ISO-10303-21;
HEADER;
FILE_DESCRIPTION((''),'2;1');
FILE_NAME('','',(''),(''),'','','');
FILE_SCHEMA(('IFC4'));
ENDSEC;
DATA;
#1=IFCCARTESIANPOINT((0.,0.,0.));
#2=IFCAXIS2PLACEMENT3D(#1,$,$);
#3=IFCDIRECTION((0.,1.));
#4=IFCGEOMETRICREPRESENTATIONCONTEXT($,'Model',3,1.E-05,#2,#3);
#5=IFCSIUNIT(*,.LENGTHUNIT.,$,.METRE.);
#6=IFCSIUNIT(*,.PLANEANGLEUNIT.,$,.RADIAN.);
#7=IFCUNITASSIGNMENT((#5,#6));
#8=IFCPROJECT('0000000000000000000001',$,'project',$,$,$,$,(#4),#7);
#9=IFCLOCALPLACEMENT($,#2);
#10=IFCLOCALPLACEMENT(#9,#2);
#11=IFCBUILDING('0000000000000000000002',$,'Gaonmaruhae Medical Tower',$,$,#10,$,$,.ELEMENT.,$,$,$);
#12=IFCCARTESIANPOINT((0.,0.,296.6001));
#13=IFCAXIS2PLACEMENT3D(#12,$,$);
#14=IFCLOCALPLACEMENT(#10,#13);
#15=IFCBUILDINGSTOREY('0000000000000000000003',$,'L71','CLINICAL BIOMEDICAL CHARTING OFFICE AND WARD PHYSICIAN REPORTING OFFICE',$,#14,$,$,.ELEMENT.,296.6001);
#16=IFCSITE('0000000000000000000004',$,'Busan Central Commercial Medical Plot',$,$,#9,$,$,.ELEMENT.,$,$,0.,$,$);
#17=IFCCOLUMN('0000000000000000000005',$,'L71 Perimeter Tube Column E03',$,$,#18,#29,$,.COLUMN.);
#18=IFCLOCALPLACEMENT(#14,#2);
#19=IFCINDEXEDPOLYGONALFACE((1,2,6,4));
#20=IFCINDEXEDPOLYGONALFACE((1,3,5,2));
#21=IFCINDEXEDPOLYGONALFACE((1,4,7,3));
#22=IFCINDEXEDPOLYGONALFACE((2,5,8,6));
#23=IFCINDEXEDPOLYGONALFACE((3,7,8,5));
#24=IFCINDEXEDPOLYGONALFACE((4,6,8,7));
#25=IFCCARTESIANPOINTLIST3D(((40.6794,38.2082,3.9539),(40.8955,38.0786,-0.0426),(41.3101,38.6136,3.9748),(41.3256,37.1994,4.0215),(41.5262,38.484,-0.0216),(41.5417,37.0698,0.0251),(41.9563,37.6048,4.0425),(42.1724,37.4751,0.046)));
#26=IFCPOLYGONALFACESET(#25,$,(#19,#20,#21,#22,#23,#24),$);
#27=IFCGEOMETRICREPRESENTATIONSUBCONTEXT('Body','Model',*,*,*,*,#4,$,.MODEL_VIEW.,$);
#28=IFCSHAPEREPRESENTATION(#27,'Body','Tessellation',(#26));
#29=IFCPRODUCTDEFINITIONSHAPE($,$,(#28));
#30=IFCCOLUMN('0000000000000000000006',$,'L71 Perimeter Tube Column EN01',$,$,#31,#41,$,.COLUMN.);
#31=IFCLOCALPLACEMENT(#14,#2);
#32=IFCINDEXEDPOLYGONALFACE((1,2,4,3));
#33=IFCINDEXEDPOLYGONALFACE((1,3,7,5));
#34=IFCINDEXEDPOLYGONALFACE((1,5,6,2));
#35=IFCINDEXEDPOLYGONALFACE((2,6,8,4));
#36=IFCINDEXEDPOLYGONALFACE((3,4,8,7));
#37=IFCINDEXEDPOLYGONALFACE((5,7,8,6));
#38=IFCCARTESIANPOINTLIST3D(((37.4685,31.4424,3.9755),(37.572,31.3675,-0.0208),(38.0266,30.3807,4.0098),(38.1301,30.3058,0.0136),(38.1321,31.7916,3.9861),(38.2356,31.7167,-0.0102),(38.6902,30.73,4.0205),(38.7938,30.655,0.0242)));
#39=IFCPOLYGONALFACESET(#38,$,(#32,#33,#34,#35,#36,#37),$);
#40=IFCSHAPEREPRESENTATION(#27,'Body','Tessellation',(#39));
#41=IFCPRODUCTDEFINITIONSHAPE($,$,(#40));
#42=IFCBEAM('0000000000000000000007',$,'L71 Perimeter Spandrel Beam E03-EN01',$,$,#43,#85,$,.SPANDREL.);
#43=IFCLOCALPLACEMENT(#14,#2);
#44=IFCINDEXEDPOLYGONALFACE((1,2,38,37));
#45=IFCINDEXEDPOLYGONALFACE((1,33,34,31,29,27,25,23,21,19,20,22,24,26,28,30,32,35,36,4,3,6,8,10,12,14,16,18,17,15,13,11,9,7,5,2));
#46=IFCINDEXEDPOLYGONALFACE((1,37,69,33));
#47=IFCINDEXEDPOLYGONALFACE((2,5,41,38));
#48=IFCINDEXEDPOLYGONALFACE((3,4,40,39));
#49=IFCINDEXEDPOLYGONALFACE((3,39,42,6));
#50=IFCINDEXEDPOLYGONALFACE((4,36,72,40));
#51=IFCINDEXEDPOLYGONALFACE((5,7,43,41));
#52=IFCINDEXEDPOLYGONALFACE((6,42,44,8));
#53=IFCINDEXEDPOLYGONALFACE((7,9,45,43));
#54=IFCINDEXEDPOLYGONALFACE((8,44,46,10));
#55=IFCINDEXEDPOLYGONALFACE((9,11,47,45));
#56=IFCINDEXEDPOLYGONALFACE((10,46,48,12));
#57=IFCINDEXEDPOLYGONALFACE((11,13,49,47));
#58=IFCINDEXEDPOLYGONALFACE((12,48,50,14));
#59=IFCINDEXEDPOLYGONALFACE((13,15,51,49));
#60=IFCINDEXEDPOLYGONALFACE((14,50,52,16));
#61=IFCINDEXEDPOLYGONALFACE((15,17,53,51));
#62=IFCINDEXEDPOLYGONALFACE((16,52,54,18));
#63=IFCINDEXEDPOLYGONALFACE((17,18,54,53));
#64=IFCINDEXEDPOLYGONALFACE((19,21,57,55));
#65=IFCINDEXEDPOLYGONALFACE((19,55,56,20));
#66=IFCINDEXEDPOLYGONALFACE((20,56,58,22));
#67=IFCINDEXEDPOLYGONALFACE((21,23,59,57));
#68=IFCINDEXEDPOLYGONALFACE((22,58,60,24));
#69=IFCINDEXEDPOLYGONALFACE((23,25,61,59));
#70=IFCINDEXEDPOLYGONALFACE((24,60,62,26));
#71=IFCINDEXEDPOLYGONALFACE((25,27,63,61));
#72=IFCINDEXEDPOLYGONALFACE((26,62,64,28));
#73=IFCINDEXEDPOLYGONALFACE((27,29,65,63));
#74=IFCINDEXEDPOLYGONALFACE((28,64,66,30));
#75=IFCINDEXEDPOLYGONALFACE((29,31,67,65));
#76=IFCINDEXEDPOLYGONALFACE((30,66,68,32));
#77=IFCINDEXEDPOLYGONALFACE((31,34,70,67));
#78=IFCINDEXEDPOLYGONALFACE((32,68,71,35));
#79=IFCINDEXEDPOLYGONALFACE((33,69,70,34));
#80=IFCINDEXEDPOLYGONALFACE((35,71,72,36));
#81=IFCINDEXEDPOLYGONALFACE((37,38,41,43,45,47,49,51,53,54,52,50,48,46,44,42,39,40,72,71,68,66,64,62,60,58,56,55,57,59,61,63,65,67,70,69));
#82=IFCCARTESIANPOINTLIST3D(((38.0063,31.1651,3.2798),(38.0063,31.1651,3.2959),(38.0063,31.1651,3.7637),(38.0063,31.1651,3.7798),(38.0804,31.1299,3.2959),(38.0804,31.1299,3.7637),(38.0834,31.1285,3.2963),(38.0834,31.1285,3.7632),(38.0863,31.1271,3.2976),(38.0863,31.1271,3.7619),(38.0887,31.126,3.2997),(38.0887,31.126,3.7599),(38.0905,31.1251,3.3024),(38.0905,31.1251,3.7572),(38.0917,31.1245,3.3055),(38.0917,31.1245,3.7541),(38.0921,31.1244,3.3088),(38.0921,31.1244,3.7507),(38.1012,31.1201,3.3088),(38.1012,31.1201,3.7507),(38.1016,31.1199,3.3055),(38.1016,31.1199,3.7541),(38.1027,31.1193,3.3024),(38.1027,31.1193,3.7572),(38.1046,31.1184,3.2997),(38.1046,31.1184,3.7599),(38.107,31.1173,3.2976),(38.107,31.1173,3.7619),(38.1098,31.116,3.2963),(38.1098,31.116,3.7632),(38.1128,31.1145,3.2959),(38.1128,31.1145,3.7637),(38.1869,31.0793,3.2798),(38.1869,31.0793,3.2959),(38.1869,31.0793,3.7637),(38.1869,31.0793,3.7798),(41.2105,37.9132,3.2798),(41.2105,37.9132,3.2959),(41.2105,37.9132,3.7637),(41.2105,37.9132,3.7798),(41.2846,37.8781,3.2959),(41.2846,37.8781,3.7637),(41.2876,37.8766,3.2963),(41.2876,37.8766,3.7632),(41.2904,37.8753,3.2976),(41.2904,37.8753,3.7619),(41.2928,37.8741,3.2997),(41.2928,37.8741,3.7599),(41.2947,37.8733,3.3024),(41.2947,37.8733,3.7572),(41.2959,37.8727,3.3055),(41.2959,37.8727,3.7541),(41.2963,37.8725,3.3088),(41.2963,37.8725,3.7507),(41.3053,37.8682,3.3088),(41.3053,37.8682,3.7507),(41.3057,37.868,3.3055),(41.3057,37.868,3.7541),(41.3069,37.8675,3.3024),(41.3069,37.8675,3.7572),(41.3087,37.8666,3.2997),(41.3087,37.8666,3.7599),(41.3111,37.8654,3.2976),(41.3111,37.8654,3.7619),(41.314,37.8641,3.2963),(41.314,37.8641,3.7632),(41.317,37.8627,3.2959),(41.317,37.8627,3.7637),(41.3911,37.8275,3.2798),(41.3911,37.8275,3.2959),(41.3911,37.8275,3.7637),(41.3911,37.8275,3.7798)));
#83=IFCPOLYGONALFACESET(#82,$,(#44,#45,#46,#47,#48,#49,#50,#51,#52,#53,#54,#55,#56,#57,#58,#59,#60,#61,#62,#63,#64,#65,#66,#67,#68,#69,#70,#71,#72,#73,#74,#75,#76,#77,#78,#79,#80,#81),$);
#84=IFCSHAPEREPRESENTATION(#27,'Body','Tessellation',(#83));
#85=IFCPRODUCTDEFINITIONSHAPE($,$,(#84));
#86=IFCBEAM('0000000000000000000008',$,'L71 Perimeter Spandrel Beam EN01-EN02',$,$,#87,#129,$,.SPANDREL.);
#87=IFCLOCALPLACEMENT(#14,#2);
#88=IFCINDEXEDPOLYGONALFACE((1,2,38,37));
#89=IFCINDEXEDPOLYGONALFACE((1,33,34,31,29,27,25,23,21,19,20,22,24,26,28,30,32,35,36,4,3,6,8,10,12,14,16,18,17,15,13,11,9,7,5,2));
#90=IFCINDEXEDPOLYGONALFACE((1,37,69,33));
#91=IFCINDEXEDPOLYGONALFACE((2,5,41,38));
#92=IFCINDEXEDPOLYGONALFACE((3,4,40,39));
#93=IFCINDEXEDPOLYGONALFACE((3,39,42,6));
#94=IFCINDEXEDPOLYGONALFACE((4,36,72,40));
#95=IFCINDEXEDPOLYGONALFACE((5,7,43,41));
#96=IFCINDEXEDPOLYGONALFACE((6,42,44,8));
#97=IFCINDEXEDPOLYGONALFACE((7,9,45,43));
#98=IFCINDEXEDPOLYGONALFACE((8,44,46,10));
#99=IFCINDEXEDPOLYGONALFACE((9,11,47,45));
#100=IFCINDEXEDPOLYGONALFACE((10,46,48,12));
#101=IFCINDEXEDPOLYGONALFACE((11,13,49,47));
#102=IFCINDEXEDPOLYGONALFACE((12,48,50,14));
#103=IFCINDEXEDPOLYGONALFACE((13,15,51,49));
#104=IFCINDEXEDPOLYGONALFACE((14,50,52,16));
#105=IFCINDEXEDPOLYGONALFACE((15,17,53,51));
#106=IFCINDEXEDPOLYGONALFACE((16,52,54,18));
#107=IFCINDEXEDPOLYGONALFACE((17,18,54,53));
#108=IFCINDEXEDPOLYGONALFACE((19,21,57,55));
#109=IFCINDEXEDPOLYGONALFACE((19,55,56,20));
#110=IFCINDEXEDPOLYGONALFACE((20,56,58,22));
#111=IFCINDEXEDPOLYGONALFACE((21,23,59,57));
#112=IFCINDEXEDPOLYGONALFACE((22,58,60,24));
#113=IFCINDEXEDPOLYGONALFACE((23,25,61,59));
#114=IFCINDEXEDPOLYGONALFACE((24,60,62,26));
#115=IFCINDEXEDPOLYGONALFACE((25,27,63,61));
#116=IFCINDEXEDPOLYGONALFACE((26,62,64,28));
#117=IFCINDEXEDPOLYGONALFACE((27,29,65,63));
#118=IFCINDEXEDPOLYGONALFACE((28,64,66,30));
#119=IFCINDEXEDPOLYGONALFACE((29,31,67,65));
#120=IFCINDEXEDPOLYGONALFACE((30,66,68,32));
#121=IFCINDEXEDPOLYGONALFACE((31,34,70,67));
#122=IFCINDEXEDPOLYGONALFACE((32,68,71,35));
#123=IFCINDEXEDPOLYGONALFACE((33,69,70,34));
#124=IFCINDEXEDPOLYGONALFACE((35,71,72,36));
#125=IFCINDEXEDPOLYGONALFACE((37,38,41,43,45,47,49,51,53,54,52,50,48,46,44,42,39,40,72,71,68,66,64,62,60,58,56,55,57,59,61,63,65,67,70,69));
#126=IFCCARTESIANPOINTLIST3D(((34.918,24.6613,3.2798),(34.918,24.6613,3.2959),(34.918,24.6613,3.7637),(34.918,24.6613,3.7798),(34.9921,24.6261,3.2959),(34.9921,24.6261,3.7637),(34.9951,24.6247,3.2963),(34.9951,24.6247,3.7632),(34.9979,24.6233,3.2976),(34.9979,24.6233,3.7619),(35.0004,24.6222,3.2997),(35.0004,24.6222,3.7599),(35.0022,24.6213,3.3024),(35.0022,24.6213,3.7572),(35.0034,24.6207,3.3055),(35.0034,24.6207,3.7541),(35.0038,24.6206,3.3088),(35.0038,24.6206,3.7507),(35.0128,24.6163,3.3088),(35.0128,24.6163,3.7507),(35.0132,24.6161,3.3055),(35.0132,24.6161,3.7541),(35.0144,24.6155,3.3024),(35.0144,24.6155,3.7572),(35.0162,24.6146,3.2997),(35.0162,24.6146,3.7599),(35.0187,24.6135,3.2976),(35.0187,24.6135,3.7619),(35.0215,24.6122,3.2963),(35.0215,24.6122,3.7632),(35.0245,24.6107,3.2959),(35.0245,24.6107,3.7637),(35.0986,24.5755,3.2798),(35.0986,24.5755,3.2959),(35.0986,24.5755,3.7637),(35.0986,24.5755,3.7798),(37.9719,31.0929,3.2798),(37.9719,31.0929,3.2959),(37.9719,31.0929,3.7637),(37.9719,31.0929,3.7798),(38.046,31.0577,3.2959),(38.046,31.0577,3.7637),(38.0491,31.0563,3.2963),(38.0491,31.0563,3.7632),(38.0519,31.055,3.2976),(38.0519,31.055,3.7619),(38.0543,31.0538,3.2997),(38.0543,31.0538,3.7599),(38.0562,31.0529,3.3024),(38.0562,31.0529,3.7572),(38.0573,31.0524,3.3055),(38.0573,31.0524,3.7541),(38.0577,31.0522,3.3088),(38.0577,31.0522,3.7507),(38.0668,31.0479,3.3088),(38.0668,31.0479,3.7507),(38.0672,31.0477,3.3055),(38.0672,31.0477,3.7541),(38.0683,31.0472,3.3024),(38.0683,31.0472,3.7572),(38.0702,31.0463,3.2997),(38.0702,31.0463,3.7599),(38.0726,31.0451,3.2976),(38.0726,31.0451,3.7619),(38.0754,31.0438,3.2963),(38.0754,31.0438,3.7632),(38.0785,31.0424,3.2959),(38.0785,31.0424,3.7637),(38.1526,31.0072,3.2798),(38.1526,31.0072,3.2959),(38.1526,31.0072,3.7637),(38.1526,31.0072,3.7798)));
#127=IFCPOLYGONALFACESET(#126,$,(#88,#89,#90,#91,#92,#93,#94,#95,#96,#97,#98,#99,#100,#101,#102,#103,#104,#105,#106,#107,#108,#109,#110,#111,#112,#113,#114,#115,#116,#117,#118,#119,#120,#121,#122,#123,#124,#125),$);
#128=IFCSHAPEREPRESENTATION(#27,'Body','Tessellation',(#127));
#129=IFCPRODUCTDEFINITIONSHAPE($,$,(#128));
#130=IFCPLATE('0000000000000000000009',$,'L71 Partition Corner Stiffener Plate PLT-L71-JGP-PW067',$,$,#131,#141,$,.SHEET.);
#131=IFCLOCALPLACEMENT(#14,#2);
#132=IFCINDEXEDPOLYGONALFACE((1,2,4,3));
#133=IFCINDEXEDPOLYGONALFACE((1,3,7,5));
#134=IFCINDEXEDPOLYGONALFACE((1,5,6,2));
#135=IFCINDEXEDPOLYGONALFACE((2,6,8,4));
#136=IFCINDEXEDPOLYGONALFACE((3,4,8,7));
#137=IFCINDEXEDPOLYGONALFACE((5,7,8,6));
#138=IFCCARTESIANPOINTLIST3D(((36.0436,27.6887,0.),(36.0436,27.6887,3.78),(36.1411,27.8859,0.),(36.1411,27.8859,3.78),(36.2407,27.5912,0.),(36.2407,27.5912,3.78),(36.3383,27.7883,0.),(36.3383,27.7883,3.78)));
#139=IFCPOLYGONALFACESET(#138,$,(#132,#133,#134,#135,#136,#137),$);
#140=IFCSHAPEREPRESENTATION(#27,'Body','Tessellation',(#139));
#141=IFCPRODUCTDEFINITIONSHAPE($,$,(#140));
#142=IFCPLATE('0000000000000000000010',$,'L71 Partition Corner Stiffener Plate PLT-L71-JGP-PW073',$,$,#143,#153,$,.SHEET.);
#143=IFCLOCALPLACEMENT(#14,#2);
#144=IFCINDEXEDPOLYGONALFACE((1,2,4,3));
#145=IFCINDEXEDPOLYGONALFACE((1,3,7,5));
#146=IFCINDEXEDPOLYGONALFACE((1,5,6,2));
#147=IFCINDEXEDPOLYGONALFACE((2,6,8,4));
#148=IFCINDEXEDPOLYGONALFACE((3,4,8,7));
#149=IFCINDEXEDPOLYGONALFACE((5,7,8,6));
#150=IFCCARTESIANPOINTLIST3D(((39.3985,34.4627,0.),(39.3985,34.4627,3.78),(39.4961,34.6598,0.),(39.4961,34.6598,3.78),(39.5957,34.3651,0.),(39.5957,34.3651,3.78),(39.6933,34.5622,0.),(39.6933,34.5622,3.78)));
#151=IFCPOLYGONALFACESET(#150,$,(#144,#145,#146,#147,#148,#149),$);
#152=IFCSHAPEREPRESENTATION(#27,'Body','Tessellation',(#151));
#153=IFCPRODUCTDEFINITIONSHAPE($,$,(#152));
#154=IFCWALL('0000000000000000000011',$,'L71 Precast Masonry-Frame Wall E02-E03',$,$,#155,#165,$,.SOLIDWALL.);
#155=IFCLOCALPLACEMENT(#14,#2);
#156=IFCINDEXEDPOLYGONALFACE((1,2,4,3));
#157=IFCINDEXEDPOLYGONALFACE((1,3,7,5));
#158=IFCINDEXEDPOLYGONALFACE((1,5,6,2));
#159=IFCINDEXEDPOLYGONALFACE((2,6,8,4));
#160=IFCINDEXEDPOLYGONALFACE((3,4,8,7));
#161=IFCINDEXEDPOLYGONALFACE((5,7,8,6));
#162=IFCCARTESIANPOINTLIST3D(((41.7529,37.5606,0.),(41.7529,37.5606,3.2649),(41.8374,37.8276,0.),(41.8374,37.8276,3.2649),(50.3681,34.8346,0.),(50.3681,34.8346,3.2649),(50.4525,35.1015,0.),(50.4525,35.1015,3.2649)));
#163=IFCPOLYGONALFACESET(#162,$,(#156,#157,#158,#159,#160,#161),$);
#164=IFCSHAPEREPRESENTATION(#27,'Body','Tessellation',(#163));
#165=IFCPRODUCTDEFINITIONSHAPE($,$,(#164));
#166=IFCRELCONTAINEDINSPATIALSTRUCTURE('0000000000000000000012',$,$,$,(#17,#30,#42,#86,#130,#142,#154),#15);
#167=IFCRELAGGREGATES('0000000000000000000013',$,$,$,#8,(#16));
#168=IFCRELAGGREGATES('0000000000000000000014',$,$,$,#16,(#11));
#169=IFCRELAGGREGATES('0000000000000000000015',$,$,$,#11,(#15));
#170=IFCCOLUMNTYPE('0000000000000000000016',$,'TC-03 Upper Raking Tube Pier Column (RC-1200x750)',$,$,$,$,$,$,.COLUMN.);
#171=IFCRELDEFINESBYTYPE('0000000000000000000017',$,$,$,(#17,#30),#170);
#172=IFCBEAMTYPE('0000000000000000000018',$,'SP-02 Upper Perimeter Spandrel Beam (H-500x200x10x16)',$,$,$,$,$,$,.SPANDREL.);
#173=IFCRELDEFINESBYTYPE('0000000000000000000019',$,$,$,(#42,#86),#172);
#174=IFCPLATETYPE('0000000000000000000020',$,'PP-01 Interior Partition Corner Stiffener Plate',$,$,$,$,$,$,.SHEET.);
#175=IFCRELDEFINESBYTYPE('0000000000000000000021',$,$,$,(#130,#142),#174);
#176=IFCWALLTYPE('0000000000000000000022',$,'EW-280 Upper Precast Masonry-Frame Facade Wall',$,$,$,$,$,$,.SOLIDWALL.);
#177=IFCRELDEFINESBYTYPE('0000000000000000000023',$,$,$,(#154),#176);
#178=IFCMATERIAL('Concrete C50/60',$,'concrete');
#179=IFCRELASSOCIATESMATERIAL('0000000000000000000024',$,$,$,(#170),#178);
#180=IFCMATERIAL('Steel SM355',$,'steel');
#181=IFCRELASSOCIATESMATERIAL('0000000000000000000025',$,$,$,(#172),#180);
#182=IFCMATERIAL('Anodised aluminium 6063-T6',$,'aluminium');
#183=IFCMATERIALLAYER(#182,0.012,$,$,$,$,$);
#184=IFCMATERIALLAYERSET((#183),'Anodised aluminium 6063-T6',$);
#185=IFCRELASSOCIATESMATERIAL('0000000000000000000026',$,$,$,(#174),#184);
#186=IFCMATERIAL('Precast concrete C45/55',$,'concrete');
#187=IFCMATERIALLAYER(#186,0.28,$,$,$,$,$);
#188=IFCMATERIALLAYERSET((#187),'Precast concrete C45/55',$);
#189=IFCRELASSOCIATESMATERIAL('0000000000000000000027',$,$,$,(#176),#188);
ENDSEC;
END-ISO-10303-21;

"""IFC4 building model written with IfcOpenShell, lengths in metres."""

from ifc_helpers import new_model, si_unit, direction, frame, frame_2d, origin, origin_2d, place, context, subcontext, project, spatial, rectangle, i_section, extrude, material, layer, layer_set, material_profile, profile_set, type_object, element, save


model = new_model("IFC4")

# Units and contexts
model_context = context("Model", 3, precision=1e-05, world=origin(), true_north=direction((0.0, 1.0)))
body_context = subcontext(model_context, "Body", "Model", "MODEL_VIEW")
ifc_project = project(units=[si_unit("LENGTHUNIT", "METRE"), si_unit("PLANEANGLEUNIT", "RADIAN")], contexts=[model_context])

# Site, building, storey
site_placement = place(None, origin())
site = spatial("IfcSite", under=ifc_project, at=site_placement, Name="Busan Central Commercial Medical Plot", CompositionType="ELEMENT", RefElevation=0.0)
building_placement = place(site_placement, origin())
building = spatial("IfcBuilding", under=site, at=building_placement, Name="Gaonmaruhae Medical Tower", CompositionType="ELEMENT")
storey_placement = place(building_placement, frame((0.0, 0.0, 296.6001)))
storey = spatial("IfcBuildingStorey", under=building, at=storey_placement, Name="L71", Description="CLINICAL BIOMEDICAL CHARTING OFFICE AND WARD PHYSICIAN REPORTING OFFICE", CompositionType="ELEMENT", Elevation=296.6001)

# Columns
ifc_material_1 = material(Name="Concrete C50/60", Category="concrete")
ifc_material_profile_1 = material_profile(ifc_material_1, rectangle(XDim=1.2, YDim=0.75, at=origin_2d()), Name="RC-1200x750")
ifc_profile_set_1 = profile_set([ifc_material_profile_1], Name="Concrete C50/60")
column_type = type_object("IfcColumnType", Name="TC-03 Upper Raking Tube Pier Column (RC-1200x750)", PredefinedType="COLUMN", material=ifc_profile_set_1)
column_1_placement = place(storey_placement, frame((41.5339, 37.7769, 0.0017), z_axis=(-0.053958, 0.032375, 0.998018), x_axis=(0.538515, -0.840727, 0.056388)))
element("IfcColumn", 1, at=column_1_placement, inside=storey, type_object=column_type, Name="L71 Perimeter Tube Column E03", PredefinedType="COLUMN", context=body_context, shape_type="SweptSolid", body=[
    extrude(rectangle(XDim=1.2, YDim=0.75, at=origin_2d()), origin(), (0.0, 0.0, 1.0), 4.0044),
])
column_2_placement = place(storey_placement, frame((38.1829, 31.0112, 0.0017), z_axis=(-0.025889, 0.018745, 0.999489), x_axis=(0.465141, -0.884773, 0.028642)))
element("IfcColumn", 2, at=column_2_placement, inside=storey, type_object=column_type, Name="L71 Perimeter Tube Column EN01", PredefinedType="COLUMN", context=body_context, shape_type="SweptSolid", body=[
    extrude(rectangle(XDim=1.2, YDim=0.75, at=origin_2d()), origin(), (0.0, 0.0, 1.0), 3.9983),
])

# Beams
ifc_material_2 = material(Name="Steel SM355", Category="steel")
ifc_material_profile_2 = material_profile(ifc_material_2, i_section(OverallWidth=0.2, OverallDepth=0.5, WebThickness=0.01, FlangeThickness=0.0161, FilletRadius=0.0129, at=origin_2d()), Name="H-500x200x10x16")
ifc_profile_set_2 = profile_set([ifc_material_profile_2], Name="Steel SM355")
beam_type = type_object("IfcBeamType", Name="SP-02 Upper Perimeter Spandrel Beam (H-500x200x10x16)", PredefinedType="SPANDREL", material=ifc_profile_set_2)
beam_1_placement = place(storey_placement, frame((41.3008, 37.8704, 3.5298), z_axis=(-0.428923, -0.903341, 0.0), x_axis=(0.903341, -0.428923, 0.0)))
element("IfcBeam", 3, at=beam_1_placement, inside=storey, type_object=beam_type, Name="L71 Perimeter Spandrel Beam E03-EN01", PredefinedType="SPANDREL", context=body_context, shape_type="SweptSolid", body=[
    extrude(i_section(OverallWidth=0.2, OverallDepth=0.5, WebThickness=0.01, FlangeThickness=0.0161, FilletRadius=0.0129, at=origin_2d()), origin(), (0.0, 0.0, 1.0), 7.4702),
])
beam_2_placement = place(storey_placement, frame((38.0623, 31.05, 3.5298), z_axis=(-0.428934, -0.903336, 0.0), x_axis=(0.903336, -0.428934, 0.0)))
element("IfcBeam", 4, at=beam_2_placement, inside=storey, type_object=beam_type, Name="L71 Perimeter Spandrel Beam EN01-EN02", PredefinedType="SPANDREL", context=body_context, shape_type="SweptSolid", body=[
    extrude(i_section(OverallWidth=0.2, OverallDepth=0.5, WebThickness=0.01, FlangeThickness=0.0161, FilletRadius=0.0129, at=origin_2d()), origin(), (0.0, 0.0, 1.0), 7.1199),
])

# Plates
ifc_material_3 = material(Name="Anodised aluminium 6063-T6", Category="aluminium")
ifc_layer_1 = layer(ifc_material_3, 0.012)
ifc_layer_set_1 = layer_set([ifc_layer_1], Name="Anodised aluminium 6063-T6")
plate_type = type_object("IfcPlateType", Name="PP-01 Interior Partition Corner Stiffener Plate", PredefinedType="SHEET", material=ifc_layer_set_1)
for number, where, z_axis, x_axis, name in (
    (5, (36.1909, 27.7385, 0.0), (0.0, 0.0, 1.0), (0.896254, -0.443541, 0.0), "L71 Partition Corner Stiffener Plate PLT-L71-JGP-PW067"),
    (6, (39.5459, 34.5125, 0.0), (0.0, 0.0, 1.0), (0.896254, -0.443541, 0.0), "L71 Partition Corner Stiffener Plate PLT-L71-JGP-PW073"),
):
    element("IfcPlate", number, at=place(storey_placement, frame(where, z_axis=z_axis, x_axis=x_axis)), inside=storey, type_object=plate_type, Name=name, PredefinedType="SHEET", context=body_context, shape_type="SweptSolid", body=[
        extrude(rectangle(XDim=0.22, YDim=0.22, at=origin_2d()), origin(), (0.0, 0.0, 1.0), 3.78),
    ])

# Wall
ifc_material_4 = material(Name="Precast concrete C45/55", Category="concrete")
ifc_layer_2 = layer(ifc_material_4, 0.28)
ifc_layer_set_2 = layer_set([ifc_layer_2], Name="Precast concrete C45/55")
wall_type_1 = type_object("IfcWallType", Name="EW-280 Upper Precast Masonry-Frame Facade Wall", PredefinedType="SOLIDWALL", material=ifc_layer_set_2)
wall_1_placement = place(storey_placement, frame((41.7952, 37.6941, 0.0), z_axis=(0.0, 0.0, 1.0), x_axis=(0.953409, -0.301682, 0.0)))
element("IfcWall", 7, at=wall_1_placement, inside=storey, type_object=wall_type_1, Name="L71 Precast Masonry-Frame Wall E02-E03", PredefinedType="SOLIDWALL", context=body_context, shape_type="SweptSolid", body=[
    extrude(rectangle(XDim=9.0361, YDim=0.28, at=frame_2d((4.5181, 0.0))), origin(), (0.0, 0.0, 1.0), 3.2649),
])

save(model, "model.ifc")
